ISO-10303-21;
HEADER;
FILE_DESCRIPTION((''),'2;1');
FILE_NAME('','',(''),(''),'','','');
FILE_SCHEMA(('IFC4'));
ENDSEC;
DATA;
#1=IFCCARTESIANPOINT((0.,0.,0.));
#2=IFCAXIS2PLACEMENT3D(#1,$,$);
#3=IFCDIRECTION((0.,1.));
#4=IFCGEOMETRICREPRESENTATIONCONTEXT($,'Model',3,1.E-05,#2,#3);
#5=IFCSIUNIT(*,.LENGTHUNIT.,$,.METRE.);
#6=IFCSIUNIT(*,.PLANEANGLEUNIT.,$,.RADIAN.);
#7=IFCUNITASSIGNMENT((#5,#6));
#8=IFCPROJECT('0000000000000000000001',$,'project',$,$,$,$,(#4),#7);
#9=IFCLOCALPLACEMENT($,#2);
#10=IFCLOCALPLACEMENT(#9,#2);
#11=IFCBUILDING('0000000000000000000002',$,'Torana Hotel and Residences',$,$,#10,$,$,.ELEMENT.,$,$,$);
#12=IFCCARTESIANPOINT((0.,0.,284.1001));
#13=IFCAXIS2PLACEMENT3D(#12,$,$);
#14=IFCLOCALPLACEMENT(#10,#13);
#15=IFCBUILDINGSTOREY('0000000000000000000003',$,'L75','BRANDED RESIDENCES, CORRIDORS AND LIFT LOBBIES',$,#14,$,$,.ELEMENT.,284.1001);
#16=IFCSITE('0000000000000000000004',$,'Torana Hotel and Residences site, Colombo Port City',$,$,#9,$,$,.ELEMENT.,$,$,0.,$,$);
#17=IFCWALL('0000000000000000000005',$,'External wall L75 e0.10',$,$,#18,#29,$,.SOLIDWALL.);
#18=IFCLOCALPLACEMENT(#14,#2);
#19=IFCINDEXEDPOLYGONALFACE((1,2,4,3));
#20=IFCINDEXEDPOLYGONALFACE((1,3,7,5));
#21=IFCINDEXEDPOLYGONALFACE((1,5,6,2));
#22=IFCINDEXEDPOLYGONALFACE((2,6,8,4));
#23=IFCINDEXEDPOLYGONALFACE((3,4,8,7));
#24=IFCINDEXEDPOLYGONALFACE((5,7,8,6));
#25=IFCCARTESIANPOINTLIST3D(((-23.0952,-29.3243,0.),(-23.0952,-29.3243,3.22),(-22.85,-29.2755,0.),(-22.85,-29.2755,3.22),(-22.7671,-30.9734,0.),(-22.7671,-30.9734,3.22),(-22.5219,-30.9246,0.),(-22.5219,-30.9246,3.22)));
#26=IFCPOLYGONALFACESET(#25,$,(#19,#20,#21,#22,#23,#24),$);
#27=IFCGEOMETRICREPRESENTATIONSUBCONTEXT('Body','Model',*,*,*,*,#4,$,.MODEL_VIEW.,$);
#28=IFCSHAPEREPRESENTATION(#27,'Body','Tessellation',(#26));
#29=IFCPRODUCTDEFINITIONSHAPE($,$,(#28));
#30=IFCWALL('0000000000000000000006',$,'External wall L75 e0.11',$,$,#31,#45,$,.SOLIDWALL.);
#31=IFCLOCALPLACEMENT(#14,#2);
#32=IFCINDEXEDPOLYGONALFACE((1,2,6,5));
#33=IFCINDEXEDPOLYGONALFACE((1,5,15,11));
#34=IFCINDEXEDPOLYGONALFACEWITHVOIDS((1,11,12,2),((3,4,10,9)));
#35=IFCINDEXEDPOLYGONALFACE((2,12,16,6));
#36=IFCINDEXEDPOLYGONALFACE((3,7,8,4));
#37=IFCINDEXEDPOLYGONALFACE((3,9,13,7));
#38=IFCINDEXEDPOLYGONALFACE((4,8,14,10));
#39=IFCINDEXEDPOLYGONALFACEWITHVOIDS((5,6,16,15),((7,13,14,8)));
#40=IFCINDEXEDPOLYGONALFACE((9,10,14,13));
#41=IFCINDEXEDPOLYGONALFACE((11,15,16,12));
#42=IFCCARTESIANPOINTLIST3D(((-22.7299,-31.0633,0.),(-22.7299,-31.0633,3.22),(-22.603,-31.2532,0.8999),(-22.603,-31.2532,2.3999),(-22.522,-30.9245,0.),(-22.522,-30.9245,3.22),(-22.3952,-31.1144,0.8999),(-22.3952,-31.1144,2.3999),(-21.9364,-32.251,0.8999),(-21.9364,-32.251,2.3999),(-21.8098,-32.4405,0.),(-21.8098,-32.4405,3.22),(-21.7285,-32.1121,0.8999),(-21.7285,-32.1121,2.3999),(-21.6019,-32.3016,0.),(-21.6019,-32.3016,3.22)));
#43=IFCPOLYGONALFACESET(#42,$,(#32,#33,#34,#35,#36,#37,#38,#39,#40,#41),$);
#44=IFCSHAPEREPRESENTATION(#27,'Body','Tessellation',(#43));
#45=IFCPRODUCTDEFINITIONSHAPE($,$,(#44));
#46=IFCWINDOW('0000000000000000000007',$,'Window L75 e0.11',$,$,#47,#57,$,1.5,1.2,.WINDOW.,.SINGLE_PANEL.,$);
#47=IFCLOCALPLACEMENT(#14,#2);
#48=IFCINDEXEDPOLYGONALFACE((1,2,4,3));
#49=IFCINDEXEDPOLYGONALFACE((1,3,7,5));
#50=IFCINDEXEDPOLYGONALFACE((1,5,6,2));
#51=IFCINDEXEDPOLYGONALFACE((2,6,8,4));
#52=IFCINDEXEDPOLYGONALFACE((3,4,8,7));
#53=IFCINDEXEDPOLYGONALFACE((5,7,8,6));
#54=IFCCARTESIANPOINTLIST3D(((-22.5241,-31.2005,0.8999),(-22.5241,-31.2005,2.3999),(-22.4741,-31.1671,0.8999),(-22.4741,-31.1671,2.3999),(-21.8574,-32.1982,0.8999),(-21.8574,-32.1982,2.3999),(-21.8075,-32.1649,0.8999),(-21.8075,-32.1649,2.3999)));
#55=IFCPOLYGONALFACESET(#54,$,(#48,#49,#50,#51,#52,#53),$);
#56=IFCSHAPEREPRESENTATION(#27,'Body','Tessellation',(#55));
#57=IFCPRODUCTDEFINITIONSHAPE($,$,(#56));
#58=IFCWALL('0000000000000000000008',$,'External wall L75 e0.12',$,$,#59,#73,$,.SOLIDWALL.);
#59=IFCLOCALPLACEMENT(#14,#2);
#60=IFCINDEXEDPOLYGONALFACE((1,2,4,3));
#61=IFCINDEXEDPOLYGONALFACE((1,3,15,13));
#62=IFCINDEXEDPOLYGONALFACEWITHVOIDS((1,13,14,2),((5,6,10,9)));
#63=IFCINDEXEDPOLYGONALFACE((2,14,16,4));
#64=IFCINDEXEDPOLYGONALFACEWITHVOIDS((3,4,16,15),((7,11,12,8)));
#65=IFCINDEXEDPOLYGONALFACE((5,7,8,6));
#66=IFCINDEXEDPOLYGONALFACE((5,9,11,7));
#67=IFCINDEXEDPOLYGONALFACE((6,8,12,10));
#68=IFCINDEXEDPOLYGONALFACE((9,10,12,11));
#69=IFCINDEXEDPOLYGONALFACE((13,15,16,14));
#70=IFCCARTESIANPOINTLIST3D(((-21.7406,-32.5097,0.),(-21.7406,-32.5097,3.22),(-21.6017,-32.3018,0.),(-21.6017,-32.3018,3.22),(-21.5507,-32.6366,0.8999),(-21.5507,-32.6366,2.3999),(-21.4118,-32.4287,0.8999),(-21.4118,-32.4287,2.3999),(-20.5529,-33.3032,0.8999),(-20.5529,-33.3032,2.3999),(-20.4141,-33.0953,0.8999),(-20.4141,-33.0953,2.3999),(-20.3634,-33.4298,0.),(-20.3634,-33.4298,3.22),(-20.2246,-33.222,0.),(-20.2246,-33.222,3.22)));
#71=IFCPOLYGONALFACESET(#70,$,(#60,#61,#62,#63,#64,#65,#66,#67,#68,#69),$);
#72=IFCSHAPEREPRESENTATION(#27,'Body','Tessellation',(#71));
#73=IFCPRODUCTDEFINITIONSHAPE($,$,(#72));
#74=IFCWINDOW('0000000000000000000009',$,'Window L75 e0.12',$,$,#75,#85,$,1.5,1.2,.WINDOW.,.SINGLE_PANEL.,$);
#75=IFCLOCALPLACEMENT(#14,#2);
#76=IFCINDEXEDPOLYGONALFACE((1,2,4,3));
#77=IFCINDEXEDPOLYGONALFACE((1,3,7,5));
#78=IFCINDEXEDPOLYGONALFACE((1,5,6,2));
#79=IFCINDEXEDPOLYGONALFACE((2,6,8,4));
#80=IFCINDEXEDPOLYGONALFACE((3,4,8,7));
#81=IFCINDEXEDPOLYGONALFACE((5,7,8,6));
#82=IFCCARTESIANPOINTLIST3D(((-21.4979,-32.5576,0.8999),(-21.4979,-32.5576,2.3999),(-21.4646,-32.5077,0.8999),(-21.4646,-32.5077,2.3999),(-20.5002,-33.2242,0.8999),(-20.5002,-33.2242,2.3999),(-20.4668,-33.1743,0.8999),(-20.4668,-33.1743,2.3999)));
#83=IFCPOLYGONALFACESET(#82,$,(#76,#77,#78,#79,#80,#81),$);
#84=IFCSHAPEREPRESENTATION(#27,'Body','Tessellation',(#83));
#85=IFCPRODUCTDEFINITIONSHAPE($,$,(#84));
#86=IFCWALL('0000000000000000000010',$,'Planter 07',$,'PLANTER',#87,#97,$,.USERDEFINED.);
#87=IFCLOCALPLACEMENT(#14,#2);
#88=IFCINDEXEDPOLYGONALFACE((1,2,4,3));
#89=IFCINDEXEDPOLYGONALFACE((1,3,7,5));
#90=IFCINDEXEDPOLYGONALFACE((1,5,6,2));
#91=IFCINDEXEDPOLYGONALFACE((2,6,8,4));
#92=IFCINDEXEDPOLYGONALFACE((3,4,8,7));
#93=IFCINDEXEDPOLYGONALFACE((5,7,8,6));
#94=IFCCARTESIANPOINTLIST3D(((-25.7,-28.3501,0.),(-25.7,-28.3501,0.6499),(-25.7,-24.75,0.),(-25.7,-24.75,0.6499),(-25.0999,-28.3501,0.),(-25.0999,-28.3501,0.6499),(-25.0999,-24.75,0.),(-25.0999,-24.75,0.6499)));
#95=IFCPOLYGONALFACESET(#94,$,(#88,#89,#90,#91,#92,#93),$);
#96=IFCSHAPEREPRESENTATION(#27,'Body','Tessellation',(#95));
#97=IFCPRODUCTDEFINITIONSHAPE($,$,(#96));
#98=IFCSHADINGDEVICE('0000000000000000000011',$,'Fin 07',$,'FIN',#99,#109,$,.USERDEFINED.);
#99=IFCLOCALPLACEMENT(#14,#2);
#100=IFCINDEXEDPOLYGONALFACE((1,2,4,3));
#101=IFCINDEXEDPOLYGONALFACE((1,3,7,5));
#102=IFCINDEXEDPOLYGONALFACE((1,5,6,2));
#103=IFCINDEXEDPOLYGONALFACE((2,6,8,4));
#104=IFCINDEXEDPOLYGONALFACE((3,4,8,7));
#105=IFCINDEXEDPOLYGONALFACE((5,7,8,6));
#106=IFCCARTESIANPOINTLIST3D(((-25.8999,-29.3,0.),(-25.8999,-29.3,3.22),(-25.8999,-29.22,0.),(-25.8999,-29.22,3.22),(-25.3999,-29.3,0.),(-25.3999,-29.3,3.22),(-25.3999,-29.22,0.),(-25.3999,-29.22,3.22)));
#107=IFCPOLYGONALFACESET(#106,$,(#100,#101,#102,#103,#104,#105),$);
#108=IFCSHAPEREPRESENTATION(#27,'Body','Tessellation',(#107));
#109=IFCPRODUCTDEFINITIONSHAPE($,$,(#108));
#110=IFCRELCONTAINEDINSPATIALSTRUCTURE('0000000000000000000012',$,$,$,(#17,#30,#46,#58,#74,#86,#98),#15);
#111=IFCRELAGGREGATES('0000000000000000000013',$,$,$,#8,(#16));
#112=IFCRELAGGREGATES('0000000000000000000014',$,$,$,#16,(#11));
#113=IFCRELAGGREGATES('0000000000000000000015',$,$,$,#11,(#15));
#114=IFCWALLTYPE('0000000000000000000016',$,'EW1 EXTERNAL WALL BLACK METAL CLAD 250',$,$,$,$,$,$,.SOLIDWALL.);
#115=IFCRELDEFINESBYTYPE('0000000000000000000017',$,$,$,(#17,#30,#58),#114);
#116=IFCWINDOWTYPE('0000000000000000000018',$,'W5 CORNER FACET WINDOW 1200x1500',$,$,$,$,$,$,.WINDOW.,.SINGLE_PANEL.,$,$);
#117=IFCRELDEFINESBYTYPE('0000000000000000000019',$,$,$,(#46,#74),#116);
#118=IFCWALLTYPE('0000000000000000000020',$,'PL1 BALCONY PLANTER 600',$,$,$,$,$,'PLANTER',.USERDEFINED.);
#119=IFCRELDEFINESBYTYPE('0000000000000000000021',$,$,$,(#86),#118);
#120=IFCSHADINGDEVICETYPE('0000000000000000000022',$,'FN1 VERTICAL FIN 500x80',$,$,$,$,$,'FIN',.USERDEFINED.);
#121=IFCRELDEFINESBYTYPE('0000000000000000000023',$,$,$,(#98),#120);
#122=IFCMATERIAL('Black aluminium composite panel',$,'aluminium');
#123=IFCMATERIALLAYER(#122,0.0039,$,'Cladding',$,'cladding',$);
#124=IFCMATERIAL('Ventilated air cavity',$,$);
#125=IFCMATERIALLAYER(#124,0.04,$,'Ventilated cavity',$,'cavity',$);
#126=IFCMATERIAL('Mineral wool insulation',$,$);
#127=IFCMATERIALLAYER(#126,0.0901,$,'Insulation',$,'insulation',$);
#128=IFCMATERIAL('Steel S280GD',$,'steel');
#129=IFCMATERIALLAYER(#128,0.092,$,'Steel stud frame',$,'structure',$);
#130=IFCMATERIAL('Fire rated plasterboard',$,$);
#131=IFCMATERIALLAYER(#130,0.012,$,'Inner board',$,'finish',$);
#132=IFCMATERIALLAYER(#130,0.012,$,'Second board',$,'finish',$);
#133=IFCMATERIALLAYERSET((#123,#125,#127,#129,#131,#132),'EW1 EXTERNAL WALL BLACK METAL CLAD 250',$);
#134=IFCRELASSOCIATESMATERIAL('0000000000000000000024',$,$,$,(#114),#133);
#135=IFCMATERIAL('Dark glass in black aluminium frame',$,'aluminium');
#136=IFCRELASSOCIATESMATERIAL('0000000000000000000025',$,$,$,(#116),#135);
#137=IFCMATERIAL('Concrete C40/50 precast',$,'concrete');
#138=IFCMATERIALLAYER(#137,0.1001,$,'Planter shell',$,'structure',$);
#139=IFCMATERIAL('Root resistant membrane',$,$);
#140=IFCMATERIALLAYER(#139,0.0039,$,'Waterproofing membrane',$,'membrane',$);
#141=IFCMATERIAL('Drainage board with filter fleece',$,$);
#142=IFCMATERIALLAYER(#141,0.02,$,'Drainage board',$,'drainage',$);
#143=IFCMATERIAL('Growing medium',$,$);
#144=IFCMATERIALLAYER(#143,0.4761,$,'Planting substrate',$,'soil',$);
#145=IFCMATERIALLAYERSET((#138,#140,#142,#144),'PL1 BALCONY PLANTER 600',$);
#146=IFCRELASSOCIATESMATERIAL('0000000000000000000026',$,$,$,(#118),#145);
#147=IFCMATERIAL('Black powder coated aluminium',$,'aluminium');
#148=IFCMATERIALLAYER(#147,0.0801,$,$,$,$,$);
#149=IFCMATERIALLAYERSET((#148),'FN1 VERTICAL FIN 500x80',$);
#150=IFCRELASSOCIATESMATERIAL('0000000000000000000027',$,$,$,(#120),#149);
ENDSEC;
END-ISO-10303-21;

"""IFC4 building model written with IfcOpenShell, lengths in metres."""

from ifc_helpers import new_model, si_unit, direction, frame, frame_2d, origin, origin_2d, place, context, subcontext, project, spatial, rectangle, extrude, material, layer, layer_set, type_object, element, fill, save


model = new_model("IFC4")

# Units and contexts
model_context = context("Model", 3, precision=1e-05, world=origin(), true_north=direction((0.0, 1.0)))
body_context = subcontext(model_context, "Body", "Model", "MODEL_VIEW")
ifc_project = project(units=[si_unit("LENGTHUNIT", "METRE"), si_unit("PLANEANGLEUNIT", "RADIAN")], contexts=[model_context])

# Site, building, storey
site_placement = place(None, origin())
site = spatial("IfcSite", under=ifc_project, at=site_placement, Name="Torana Hotel and Residences site, Colombo Port City", CompositionType="ELEMENT", RefElevation=0.0)
building_placement = place(site_placement, origin())
building = spatial("IfcBuilding", under=site, at=building_placement, Name="Torana Hotel and Residences", CompositionType="ELEMENT")
storey_placement = place(building_placement, frame((0.0, 0.0, 284.1001)))
storey = spatial("IfcBuildingStorey", under=building, at=storey_placement, Name="L75", Description="BRANDED RESIDENCES, CORRIDORS AND LIFT LOBBIES", CompositionType="ELEMENT", Elevation=284.1001)

# Wall
ifc_material_1 = material(Name="Black aluminium composite panel", Category="aluminium")
ifc_layer_1 = layer(ifc_material_1, 0.0039, Name="Cladding", Category="cladding")
ifc_material_2 = material(Name="Ventilated air cavity")
ifc_layer_2 = layer(ifc_material_2, 0.04, Name="Ventilated cavity", Category="cavity")
ifc_material_3 = material(Name="Mineral wool insulation")
ifc_layer_3 = layer(ifc_material_3, 0.0901, Name="Insulation", Category="insulation")
ifc_material_4 = material(Name="Steel S280GD", Category="steel")
ifc_layer_4 = layer(ifc_material_4, 0.092, Name="Steel stud frame", Category="structure")
ifc_material_5 = material(Name="Fire rated plasterboard")
ifc_layer_5 = layer(ifc_material_5, 0.012, Name="Inner board", Category="finish")
ifc_layer_6 = layer(ifc_material_5, 0.012, Name="Second board", Category="finish")
ifc_layer_set_1 = layer_set([ifc_layer_1, ifc_layer_2, ifc_layer_3, ifc_layer_4, ifc_layer_5, ifc_layer_6], Name="EW1 EXTERNAL WALL BLACK METAL CLAD 250")
wall_type_1 = type_object("IfcWallType", Name="EW1 EXTERNAL WALL BLACK METAL CLAD 250", PredefinedType="SOLIDWALL", material=ifc_layer_set_1)
wall_1_placement = place(storey_placement, frame((-22.9727, -29.2998, 0.0), z_axis=(0.0, 0.0, 1.0), x_axis=(0.195139, -0.980776, 0.0)))
element("IfcWall", 1, at=wall_1_placement, inside=storey, type_object=wall_type_1, Name="External wall L75 e0.10", PredefinedType="SOLIDWALL", context=body_context, shape_type="SweptSolid", body=[
    extrude(rectangle(XDim=1.6814, YDim=0.25, at=frame_2d((0.8408, 0.0))), origin(), (0.0, 0.0, 1.0), 3.22),
])

# Walls, openings, windows
wall_2_placement = place(storey_placement, frame((-22.626, -30.9939, 0.0), z_axis=(0.0, 0.0, 1.0), x_axis=(0.55555, -0.831483, 0.0)))
wall_2 = element("IfcWall", 2, at=wall_2_placement, inside=storey, type_object=wall_type_1, Name="External wall L75 e0.11", PredefinedType="SOLIDWALL", context=body_context, shape_type="SweptSolid", body=[
    extrude(rectangle(XDim=1.6562, YDim=0.25, at=frame_2d((0.8281, 0.0))), origin(), (0.0, 0.0, 1.0), 3.22),
])
opening_1_placement = place(wall_2_placement, frame((0.2283, 0.0, 0.8999)))
opening_1 = element("IfcOpeningElement", 3, at=opening_1_placement, cuts=wall_2, PredefinedType="OPENING", context=body_context, shape_type="SweptSolid", body=[
    extrude(rectangle(XDim=1.2, YDim=1.5, at=frame_2d((0.6001, 0.75))), frame((0.0, 0.135, 0.0), z_axis=(0.0, -1.0, 0.0), x_axis=(1.0, 0.0, 0.0)), (0.0, 0.0, 1.0), 0.27),
])
ifc_material_6 = material(Name="Dark glass in black aluminium frame", Category="aluminium")
window_type = type_object("IfcWindowType", Name="W5 CORNER FACET WINDOW 1200x1500", PartitioningType="SINGLE_PANEL", PredefinedType="WINDOW", material=ifc_material_6)
window_1_placement = place(opening_1_placement, origin())
window_1 = element("IfcWindow", 4, at=window_1_placement, inside=storey, type_object=window_type, Name="Window L75 e0.11", OverallHeight=1.5, OverallWidth=1.2, PartitioningType="SINGLE_PANEL", PredefinedType="WINDOW", context=body_context, shape_type="SweptSolid", body=[
    extrude(rectangle(XDim=1.2, YDim=1.5, at=frame_2d((0.6001, 0.75))), frame((0.0, 0.03, 0.0), z_axis=(0.0, -1.0, 0.0), x_axis=(1.0, 0.0, 0.0)), (0.0, 0.0, 1.0), 0.0601),
])
fill(opening_1, window_1)
wall_3_placement = place(storey_placement, frame((-21.6711, -32.4058, 0.0), z_axis=(0.0, 0.0, 1.0), x_axis=(0.831483, -0.55555, 0.0)))
wall_3 = element("IfcWall", 5, at=wall_3_placement, inside=storey, type_object=wall_type_1, Name="External wall L75 e0.12", PredefinedType="SOLIDWALL", context=body_context, shape_type="SweptSolid", body=[
    extrude(rectangle(XDim=1.6562, YDim=0.25, at=frame_2d((0.8281, 0.0))), origin(), (0.0, 0.0, 1.0), 3.22),
])
opening_2_placement = place(wall_3_placement, frame((0.2283, 0.0, 0.8999)))
opening_2 = element("IfcOpeningElement", 6, at=opening_2_placement, cuts=wall_3, PredefinedType="OPENING", context=body_context, shape_type="SweptSolid", body=[
    extrude(rectangle(XDim=1.2, YDim=1.5, at=frame_2d((0.6001, 0.75))), frame((0.0, 0.135, 0.0), z_axis=(0.0, -1.0, 0.0), x_axis=(1.0, 0.0, 0.0)), (0.0, 0.0, 1.0), 0.27),
])
window_2_placement = place(opening_2_placement, origin())
window_2 = element("IfcWindow", 7, at=window_2_placement, inside=storey, type_object=window_type, Name="Window L75 e0.12", OverallHeight=1.5, OverallWidth=1.2, PartitioningType="SINGLE_PANEL", PredefinedType="WINDOW", context=body_context, shape_type="SweptSolid", body=[
    extrude(rectangle(XDim=1.2, YDim=1.5, at=frame_2d((0.6001, 0.75))), frame((0.0, 0.03, 0.0), z_axis=(0.0, -1.0, 0.0), x_axis=(1.0, 0.0, 0.0)), (0.0, 0.0, 1.0), 0.0601),
])
fill(opening_2, window_2)

# Wall
ifc_material_7 = material(Name="Concrete C40/50 precast", Category="concrete")
ifc_layer_7 = layer(ifc_material_7, 0.1001, Name="Planter shell", Category="structure")
ifc_material_8 = material(Name="Root resistant membrane")
ifc_layer_8 = layer(ifc_material_8, 0.0039, Name="Waterproofing membrane", Category="membrane")
ifc_material_9 = material(Name="Drainage board with filter fleece")
ifc_layer_9 = layer(ifc_material_9, 0.02, Name="Drainage board", Category="drainage")
ifc_material_10 = material(Name="Growing medium")
ifc_layer_10 = layer(ifc_material_10, 0.4761, Name="Planting substrate", Category="soil")
ifc_layer_set_2 = layer_set([ifc_layer_7, ifc_layer_8, ifc_layer_9, ifc_layer_10], Name="PL1 BALCONY PLANTER 600")
wall_type_2 = type_object("IfcWallType", Name="PL1 BALCONY PLANTER 600", ElementType="PLANTER", PredefinedType="USERDEFINED", material=ifc_layer_set_2)
wall_4_placement = place(storey_placement, frame((-25.3999, -28.3501, 0.0), z_axis=(0.0, 0.0, 1.0), x_axis=(0.0, 1.0, 0.0)))
element("IfcWall", 8, at=wall_4_placement, inside=storey, type_object=wall_type_2, Name="Planter 07", ObjectType="PLANTER", PredefinedType="USERDEFINED", context=body_context, shape_type="SweptSolid", body=[
    extrude(rectangle(XDim=3.6001, YDim=0.6001, at=frame_2d((1.8, 0.0))), origin(), (0.0, 0.0, 1.0), 0.6499),
])

# Shading device
ifc_material_11 = material(Name="Black powder coated aluminium", Category="aluminium")
ifc_layer_11 = layer(ifc_material_11, 0.0801)
ifc_layer_set_3 = layer_set([ifc_layer_11], Name="FN1 VERTICAL FIN 500x80")
shading_device_type = type_object("IfcShadingDeviceType", Name="FN1 VERTICAL FIN 500x80", ElementType="FIN", PredefinedType="USERDEFINED", material=ifc_layer_set_3)
shading_device_placement = place(storey_placement, frame((-25.6499, -29.26, 0.0), z_axis=(0.0, 0.0, 1.0), x_axis=(0.0, 1.0, 0.0)))
element("IfcShadingDevice", 9, at=shading_device_placement, inside=storey, type_object=shading_device_type, Name="Fin 07", ObjectType="FIN", PredefinedType="USERDEFINED", context=body_context, shape_type="SweptSolid", body=[
    extrude(rectangle(XDim=0.0801, YDim=0.5, at=origin_2d()), origin(), (0.0, 0.0, 1.0), 3.22),
])

save(model, "model.ifc")
